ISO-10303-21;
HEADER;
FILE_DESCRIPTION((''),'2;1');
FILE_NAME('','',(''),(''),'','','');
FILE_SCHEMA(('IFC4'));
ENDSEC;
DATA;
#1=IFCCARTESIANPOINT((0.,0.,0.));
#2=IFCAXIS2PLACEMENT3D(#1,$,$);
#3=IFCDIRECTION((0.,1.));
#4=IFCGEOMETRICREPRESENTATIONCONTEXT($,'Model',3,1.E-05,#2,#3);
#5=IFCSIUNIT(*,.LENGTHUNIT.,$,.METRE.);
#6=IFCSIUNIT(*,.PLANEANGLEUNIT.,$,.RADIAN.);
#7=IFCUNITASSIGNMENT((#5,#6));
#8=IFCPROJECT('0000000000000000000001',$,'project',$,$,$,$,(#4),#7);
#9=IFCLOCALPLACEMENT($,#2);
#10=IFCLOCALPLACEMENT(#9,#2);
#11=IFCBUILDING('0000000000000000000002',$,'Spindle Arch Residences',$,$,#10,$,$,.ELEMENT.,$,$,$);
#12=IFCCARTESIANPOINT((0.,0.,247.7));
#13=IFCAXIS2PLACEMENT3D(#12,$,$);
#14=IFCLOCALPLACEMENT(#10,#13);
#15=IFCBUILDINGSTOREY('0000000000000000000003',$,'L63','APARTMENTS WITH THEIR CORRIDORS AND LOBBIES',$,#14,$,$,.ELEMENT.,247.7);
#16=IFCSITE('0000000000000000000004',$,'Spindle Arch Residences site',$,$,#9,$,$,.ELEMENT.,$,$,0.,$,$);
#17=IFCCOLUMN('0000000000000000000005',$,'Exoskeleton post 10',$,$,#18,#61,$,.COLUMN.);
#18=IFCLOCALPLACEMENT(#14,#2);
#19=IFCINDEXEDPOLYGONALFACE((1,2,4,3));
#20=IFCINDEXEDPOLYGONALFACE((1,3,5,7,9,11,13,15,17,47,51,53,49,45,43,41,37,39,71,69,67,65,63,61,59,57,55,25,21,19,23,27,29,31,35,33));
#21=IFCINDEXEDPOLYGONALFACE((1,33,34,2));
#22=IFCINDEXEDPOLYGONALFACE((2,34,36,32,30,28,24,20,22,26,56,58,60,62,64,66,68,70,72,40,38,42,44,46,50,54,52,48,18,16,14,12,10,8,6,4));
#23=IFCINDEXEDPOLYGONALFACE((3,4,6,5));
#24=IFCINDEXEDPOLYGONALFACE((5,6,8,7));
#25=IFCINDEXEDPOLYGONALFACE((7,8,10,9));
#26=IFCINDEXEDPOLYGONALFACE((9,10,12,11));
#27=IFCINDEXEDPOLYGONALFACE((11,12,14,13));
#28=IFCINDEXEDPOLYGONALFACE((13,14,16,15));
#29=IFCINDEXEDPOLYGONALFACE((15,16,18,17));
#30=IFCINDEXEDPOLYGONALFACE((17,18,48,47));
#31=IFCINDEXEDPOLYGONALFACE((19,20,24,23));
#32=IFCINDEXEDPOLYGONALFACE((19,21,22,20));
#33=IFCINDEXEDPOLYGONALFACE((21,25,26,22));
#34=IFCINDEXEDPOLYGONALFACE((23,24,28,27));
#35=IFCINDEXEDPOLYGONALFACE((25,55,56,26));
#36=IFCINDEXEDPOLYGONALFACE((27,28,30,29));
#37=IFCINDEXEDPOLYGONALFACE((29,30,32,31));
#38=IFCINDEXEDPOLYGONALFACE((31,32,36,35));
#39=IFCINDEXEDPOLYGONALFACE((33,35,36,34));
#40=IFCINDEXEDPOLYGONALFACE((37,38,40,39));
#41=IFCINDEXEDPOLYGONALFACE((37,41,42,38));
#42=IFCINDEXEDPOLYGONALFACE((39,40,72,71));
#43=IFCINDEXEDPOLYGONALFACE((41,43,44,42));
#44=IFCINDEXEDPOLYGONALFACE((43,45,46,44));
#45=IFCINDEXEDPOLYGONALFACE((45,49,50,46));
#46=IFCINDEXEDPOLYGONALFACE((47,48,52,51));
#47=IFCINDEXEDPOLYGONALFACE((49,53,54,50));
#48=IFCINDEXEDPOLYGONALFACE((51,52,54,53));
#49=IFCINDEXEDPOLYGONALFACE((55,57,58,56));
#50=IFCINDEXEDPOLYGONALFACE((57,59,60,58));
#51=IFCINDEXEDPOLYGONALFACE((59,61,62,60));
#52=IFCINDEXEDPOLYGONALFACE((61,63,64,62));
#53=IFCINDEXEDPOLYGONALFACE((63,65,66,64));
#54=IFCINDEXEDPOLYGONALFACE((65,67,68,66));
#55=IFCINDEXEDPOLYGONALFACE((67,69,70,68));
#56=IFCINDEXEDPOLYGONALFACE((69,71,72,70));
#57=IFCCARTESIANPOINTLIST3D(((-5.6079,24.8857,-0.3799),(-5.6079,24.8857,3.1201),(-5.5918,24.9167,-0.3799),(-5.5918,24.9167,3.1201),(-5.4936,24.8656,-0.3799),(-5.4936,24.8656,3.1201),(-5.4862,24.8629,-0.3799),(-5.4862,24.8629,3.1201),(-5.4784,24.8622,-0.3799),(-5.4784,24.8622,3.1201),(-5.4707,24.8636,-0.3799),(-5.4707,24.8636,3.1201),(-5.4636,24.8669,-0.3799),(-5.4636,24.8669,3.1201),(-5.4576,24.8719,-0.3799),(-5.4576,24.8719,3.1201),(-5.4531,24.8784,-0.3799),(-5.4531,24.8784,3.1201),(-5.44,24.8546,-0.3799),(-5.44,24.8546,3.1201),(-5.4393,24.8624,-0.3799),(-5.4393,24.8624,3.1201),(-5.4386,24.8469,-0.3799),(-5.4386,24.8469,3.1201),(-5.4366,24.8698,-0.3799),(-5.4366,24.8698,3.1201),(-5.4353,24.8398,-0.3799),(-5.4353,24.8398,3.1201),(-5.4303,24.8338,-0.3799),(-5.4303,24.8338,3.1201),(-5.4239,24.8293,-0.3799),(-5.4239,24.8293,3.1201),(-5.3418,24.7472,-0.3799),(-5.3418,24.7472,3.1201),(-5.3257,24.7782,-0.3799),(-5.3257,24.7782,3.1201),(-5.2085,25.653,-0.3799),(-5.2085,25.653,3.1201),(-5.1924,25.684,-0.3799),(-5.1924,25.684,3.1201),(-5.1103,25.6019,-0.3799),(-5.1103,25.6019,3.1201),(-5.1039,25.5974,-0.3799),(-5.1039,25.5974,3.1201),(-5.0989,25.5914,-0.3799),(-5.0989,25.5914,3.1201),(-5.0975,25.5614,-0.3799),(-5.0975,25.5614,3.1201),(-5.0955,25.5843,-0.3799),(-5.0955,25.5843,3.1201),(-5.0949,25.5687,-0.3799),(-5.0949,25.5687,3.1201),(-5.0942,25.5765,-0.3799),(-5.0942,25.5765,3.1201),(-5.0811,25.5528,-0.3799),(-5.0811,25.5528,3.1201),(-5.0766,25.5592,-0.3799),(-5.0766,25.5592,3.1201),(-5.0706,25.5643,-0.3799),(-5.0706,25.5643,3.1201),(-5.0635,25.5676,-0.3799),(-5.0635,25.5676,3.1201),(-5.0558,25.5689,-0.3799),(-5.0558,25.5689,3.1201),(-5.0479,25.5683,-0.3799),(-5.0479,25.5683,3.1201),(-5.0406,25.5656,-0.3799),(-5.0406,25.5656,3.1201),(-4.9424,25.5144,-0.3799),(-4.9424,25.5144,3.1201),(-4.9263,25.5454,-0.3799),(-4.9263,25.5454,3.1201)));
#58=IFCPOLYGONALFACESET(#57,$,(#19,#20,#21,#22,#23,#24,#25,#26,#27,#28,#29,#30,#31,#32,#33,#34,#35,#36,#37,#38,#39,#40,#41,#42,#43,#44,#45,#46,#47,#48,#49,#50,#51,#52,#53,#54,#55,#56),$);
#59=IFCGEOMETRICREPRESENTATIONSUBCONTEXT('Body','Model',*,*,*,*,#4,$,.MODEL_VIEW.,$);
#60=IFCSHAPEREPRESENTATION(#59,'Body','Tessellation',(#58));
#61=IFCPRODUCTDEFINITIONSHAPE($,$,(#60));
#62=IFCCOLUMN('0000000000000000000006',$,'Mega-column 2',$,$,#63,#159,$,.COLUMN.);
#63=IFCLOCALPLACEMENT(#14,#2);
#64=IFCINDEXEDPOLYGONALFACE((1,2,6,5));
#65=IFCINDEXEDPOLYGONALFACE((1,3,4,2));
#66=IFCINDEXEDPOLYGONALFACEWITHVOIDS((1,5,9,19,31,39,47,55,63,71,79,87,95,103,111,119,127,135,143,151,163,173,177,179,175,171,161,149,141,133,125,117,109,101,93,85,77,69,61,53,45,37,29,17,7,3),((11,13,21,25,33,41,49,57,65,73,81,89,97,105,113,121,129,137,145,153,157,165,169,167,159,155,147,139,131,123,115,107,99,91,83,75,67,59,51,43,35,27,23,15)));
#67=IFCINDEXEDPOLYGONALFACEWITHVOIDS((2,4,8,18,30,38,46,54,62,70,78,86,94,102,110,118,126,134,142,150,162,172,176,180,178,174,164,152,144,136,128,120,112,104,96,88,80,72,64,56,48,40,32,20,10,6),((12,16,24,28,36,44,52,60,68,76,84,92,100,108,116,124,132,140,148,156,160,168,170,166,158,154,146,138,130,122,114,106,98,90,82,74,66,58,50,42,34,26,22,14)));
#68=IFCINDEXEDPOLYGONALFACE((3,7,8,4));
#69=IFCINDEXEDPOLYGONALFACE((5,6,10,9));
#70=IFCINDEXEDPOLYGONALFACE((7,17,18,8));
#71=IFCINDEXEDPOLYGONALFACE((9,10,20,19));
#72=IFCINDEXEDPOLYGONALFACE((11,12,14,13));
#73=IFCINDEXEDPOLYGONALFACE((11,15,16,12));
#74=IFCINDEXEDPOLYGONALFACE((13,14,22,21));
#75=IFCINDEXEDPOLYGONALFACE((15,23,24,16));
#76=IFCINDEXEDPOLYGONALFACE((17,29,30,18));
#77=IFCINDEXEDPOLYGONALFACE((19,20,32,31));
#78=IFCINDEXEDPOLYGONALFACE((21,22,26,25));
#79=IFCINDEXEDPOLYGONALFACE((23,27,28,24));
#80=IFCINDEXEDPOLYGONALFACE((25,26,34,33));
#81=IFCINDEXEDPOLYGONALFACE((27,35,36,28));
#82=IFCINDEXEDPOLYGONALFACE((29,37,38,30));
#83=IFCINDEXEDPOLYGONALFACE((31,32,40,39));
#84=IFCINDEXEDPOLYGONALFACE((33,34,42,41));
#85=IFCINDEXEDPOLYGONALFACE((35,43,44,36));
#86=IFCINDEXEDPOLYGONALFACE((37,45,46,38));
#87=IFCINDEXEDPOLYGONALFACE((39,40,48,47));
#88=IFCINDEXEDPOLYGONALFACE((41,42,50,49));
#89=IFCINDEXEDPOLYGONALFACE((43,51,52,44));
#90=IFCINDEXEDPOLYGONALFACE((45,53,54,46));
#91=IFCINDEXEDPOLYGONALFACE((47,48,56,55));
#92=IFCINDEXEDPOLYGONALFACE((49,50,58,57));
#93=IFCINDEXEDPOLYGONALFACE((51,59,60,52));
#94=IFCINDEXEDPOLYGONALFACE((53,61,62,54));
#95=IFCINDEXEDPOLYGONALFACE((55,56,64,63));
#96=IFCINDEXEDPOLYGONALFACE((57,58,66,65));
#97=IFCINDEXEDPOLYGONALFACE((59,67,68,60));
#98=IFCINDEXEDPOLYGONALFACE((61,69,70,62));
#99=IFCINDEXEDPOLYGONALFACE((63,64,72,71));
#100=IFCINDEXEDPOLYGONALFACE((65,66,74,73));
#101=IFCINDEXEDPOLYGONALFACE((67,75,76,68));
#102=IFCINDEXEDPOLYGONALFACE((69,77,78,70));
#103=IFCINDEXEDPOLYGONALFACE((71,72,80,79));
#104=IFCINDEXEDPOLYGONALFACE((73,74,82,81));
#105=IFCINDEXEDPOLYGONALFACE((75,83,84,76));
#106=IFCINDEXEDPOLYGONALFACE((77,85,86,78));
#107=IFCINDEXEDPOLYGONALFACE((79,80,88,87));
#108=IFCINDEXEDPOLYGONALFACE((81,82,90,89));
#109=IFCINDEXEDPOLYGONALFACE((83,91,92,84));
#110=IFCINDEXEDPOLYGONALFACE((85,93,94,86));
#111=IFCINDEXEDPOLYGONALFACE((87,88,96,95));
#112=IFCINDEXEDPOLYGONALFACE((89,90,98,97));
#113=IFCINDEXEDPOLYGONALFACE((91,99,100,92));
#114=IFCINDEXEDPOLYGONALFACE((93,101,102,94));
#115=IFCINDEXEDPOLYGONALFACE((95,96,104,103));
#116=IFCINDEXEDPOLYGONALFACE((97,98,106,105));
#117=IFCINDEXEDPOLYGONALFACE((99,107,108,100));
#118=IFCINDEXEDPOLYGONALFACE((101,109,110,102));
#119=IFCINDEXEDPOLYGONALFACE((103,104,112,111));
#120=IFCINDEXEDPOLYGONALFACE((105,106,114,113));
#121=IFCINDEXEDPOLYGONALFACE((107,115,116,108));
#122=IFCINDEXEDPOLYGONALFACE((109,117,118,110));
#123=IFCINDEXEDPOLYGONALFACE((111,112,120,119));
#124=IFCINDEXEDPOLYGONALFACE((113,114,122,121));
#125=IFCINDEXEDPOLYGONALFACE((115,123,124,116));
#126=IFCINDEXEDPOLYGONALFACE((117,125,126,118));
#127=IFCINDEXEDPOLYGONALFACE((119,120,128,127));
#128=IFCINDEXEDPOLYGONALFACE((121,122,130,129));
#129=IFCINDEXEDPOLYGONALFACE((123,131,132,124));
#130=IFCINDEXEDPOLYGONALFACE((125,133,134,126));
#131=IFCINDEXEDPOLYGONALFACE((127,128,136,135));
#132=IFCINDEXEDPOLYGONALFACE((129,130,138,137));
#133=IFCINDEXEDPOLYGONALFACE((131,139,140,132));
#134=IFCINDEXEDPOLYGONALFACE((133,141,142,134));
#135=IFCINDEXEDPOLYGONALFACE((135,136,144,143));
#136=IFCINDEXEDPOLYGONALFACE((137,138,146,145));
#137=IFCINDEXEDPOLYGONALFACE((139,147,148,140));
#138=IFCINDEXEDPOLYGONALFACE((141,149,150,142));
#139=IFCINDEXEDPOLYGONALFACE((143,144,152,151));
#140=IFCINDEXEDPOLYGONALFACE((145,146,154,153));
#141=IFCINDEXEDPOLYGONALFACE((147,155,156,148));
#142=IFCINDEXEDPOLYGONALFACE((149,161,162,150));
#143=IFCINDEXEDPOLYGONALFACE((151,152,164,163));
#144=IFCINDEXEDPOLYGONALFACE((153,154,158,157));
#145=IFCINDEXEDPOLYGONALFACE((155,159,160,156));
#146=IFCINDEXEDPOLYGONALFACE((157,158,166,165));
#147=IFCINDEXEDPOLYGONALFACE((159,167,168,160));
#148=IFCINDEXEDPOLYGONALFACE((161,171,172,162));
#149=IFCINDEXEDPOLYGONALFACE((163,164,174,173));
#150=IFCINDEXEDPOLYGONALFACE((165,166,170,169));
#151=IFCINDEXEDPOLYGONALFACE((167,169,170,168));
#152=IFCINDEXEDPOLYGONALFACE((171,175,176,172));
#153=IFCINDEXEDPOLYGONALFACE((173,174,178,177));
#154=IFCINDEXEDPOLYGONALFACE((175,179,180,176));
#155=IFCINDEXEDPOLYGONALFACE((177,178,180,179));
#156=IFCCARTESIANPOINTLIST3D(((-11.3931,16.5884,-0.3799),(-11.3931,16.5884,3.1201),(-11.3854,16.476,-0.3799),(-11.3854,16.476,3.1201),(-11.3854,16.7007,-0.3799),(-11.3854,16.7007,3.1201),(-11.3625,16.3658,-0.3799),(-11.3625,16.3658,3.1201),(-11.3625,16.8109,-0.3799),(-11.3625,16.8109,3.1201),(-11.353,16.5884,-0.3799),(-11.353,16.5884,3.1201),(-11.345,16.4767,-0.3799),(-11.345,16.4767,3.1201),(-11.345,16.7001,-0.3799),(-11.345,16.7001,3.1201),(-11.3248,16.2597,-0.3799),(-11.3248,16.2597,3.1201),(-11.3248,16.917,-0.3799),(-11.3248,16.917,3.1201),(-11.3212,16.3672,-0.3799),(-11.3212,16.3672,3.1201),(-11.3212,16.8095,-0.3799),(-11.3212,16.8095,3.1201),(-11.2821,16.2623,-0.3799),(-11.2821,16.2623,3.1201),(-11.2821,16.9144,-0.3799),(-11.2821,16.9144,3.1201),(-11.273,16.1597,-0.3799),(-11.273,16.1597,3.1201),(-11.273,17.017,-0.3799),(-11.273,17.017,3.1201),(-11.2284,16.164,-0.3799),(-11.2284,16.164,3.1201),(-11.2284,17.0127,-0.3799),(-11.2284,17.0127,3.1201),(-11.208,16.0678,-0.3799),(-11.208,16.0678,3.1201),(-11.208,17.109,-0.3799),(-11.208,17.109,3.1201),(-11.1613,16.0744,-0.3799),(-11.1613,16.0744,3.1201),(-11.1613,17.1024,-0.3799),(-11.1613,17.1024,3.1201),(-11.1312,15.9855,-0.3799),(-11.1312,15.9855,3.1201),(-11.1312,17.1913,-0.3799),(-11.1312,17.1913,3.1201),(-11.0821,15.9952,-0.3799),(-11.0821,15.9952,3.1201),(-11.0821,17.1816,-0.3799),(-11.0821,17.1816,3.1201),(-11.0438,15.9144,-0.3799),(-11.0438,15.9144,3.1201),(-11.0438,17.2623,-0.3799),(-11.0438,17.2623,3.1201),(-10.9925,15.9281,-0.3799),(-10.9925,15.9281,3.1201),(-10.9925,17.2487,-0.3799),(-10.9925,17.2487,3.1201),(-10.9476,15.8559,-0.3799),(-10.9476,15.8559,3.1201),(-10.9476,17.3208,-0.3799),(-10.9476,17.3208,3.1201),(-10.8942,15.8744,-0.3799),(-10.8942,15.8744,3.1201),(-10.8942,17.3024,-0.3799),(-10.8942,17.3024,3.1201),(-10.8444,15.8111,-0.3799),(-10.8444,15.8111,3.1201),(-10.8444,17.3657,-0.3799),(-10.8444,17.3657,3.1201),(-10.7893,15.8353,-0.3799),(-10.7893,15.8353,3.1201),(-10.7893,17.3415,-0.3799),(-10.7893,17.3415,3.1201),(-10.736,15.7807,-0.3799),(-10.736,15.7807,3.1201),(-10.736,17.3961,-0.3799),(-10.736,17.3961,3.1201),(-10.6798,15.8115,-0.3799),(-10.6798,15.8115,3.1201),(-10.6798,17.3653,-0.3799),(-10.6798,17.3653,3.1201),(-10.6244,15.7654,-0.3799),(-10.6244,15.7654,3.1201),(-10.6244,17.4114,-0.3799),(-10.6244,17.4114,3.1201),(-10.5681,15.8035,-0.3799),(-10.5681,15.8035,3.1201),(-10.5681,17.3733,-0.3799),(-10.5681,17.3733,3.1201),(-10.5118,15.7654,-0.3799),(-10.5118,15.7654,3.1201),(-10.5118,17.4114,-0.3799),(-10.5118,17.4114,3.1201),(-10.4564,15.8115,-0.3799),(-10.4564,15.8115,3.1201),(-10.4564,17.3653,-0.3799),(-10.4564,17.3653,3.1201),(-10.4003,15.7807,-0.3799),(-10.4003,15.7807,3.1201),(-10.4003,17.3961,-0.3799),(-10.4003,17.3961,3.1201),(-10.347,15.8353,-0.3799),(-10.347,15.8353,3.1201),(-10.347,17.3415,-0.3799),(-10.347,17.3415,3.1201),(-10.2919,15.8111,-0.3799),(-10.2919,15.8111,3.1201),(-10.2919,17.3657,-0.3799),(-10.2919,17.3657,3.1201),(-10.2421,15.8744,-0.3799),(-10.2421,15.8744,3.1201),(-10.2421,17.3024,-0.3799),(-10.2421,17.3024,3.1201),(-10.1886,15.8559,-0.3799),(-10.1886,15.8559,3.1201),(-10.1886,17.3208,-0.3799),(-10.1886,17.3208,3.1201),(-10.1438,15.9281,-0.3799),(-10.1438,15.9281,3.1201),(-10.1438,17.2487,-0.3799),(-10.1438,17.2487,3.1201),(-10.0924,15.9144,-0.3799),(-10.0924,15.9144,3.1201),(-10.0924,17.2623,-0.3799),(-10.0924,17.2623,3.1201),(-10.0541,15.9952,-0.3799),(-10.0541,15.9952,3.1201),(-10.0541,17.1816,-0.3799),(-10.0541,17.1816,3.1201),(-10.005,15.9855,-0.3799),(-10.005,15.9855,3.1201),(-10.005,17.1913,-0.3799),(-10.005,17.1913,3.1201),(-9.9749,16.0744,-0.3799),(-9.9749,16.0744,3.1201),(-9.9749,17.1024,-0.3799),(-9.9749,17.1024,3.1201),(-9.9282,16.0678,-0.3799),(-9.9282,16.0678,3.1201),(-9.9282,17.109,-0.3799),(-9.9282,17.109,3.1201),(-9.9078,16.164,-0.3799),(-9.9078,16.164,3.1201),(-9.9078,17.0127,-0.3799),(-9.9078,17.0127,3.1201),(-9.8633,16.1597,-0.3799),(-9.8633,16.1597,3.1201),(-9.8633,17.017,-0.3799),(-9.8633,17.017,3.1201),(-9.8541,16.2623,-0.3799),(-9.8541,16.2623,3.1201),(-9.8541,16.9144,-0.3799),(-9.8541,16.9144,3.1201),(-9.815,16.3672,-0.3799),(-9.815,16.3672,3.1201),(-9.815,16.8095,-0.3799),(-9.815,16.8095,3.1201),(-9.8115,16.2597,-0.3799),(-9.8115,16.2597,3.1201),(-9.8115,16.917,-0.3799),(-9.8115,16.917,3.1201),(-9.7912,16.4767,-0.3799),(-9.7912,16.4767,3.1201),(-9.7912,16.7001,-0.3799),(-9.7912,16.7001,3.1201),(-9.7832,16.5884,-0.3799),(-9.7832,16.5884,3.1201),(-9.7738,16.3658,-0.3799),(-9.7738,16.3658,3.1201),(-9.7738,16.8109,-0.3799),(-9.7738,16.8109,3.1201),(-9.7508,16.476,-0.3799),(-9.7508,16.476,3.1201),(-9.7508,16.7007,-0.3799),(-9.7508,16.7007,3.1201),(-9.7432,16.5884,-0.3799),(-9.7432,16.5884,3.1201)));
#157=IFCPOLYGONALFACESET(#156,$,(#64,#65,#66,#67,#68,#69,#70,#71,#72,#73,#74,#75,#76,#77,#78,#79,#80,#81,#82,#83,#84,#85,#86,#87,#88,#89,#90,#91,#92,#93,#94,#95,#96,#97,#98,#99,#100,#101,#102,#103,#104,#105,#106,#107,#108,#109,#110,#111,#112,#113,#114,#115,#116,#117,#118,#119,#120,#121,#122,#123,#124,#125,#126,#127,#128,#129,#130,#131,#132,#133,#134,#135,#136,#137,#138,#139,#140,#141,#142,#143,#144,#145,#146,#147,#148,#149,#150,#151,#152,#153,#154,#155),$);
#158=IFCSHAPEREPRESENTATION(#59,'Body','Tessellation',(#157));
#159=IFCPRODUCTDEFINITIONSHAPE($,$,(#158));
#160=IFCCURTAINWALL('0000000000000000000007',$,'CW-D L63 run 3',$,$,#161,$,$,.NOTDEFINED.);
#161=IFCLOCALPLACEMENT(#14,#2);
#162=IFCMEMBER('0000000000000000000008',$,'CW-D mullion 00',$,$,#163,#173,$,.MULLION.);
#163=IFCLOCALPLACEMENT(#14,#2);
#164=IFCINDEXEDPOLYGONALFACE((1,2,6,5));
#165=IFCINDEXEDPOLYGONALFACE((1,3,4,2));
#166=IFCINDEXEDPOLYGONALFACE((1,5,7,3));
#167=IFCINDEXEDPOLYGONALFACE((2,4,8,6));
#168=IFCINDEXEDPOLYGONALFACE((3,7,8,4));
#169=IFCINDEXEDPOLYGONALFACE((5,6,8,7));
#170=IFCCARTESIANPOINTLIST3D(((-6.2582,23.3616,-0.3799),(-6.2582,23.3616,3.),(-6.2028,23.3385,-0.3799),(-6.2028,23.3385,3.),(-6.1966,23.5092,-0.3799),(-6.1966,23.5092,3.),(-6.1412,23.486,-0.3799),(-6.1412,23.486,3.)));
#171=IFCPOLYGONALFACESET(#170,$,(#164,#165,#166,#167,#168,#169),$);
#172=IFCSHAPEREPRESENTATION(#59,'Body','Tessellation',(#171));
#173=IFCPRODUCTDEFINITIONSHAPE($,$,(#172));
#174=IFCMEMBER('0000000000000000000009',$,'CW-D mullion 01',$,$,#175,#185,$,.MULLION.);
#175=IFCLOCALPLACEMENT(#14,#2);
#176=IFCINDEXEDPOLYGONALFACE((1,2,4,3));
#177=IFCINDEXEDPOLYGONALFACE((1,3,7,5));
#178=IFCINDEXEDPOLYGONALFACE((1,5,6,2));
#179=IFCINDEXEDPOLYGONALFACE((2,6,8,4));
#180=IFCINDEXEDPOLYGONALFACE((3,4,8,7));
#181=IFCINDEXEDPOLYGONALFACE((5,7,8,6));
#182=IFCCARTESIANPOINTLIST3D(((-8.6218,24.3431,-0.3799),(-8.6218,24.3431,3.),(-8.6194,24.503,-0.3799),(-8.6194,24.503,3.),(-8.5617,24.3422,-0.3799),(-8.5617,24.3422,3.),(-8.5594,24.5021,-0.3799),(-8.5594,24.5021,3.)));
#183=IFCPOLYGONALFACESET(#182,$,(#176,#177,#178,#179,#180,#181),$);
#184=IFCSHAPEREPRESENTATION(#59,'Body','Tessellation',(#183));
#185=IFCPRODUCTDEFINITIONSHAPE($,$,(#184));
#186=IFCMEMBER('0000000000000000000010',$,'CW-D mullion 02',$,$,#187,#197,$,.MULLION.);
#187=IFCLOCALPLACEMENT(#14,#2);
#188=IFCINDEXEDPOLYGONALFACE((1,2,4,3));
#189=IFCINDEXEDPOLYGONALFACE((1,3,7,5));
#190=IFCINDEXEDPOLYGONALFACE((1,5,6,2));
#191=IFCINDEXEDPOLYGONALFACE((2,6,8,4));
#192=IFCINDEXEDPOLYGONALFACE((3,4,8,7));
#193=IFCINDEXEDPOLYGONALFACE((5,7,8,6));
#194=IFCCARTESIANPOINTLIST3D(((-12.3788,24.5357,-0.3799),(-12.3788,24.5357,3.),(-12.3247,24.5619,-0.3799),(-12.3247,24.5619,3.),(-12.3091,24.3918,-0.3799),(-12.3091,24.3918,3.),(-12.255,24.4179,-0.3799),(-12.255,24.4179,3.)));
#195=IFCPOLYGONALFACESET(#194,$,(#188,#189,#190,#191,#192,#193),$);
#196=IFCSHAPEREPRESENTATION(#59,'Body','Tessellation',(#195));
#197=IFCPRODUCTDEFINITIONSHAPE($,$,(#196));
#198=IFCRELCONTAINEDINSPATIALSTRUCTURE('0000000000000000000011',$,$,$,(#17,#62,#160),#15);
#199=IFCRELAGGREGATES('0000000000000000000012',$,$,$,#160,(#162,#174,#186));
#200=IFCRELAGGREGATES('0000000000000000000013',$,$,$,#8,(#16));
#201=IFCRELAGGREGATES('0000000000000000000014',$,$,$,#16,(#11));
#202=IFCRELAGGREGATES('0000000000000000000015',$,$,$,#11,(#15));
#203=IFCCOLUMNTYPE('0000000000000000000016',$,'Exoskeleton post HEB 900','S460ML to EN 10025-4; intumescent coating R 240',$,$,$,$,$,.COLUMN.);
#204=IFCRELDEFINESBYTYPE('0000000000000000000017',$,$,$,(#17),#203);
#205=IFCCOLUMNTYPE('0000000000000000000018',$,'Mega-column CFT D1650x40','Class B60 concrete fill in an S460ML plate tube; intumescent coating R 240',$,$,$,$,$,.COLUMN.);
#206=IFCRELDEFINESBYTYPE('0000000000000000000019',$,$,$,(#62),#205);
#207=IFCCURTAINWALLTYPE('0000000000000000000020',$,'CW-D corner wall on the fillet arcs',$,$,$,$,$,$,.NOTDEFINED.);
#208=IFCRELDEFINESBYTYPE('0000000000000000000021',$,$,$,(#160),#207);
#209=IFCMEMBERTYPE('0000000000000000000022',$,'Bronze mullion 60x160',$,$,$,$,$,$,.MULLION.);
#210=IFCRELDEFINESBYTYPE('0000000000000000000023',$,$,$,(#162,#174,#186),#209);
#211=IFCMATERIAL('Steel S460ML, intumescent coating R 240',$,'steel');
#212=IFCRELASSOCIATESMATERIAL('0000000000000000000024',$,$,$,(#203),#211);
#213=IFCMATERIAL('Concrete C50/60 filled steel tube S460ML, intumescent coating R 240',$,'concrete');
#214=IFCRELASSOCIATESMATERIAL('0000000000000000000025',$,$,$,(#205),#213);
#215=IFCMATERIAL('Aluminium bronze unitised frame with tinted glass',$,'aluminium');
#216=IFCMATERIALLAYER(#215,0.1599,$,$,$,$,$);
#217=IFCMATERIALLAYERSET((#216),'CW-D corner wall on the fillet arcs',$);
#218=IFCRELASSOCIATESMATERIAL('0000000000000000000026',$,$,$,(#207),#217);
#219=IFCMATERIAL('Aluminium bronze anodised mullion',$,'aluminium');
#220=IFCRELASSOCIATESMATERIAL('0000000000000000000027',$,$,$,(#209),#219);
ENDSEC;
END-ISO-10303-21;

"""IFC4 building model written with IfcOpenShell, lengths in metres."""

from ifc_helpers import new_model, si_unit, direction, frame, origin, origin_2d, place, context, subcontext, project, spatial, rectangle, hollow_circle, i_section, extrude, material, layer, layer_set, material_profile, profile_set, type_object, element, aggregate, save


model = new_model("IFC4")

# Units and contexts
model_context = context("Model", 3, precision=1e-05, world=origin(), true_north=direction((0.0, 1.0)))
body_context = subcontext(model_context, "Body", "Model", "MODEL_VIEW")
ifc_project = project(units=[si_unit("LENGTHUNIT", "METRE"), si_unit("PLANEANGLEUNIT", "RADIAN")], contexts=[model_context])

# Site, building, storey
site_placement = place(None, origin())
site = spatial("IfcSite", under=ifc_project, at=site_placement, Name="Spindle Arch Residences site", CompositionType="ELEMENT", RefElevation=0.0)
building_placement = place(site_placement, origin())
building = spatial("IfcBuilding", under=site, at=building_placement, Name="Spindle Arch Residences", CompositionType="ELEMENT")
storey_placement = place(building_placement, frame((0.0, 0.0, 247.7)))
storey = spatial("IfcBuildingStorey", under=building, at=storey_placement, Name="L63", Description="APARTMENTS WITH THEIR CORRIDORS AND LOBBIES", CompositionType="ELEMENT", Elevation=247.7)

# Columns
ifc_material_1 = material(Name="Steel S460ML, intumescent coating R 240", Category="steel")
ifc_material_profile_1 = material_profile(ifc_material_1, i_section(OverallWidth=0.3, OverallDepth=0.8999, WebThickness=0.0186, FlangeThickness=0.0349, FilletRadius=0.03, at=origin_2d()), Name="HEB 900")
ifc_profile_set_1 = profile_set([ifc_material_profile_1], Name="Steel S460ML, intumescent coating R 240")
column_type_1 = type_object("IfcColumnType", Name="Exoskeleton post HEB 900", Description="S460ML to EN 10025-4; intumescent coating R 240", PredefinedType="COLUMN", material=ifc_profile_set_1)
column_1_placement = place(storey_placement, frame((-5.2671, 25.2156, -0.3799), z_axis=(0.0, 0.0, 1.0), x_axis=(0.887011, -0.461749, 0.0)))
element("IfcColumn", 1, at=column_1_placement, inside=storey, type_object=column_type_1, Name="Exoskeleton post 10", PredefinedType="COLUMN", context=body_context, shape_type="SweptSolid", body=[
    extrude(i_section(OverallWidth=0.3, OverallDepth=0.8999, WebThickness=0.0186, FlangeThickness=0.0349, FilletRadius=0.03, at=origin_2d()), origin(), (0.0, 0.0, 1.0), 3.5),
])
ifc_material_2 = material(Name="Concrete C50/60 filled steel tube S460ML, intumescent coating R 240", Category="concrete")
ifc_material_profile_2 = material_profile(ifc_material_2, hollow_circle(Radius=0.825, WallThickness=0.04, at=origin_2d()), Name="CFT D1650x40")
ifc_profile_set_2 = profile_set([ifc_material_profile_2], Name="Concrete C50/60 filled steel tube S460ML, intumescent coating R 240")
column_type_2 = type_object("IfcColumnType", Name="Mega-column CFT D1650x40", Description="Class B60 concrete fill in an S460ML plate tube; intumescent coating R 240", PredefinedType="COLUMN", material=ifc_profile_set_2)
column_2_placement = place(storey_placement, frame((-10.5681, 16.5884, -0.3799), z_axis=(0.0, 0.0, 1.0), x_axis=(1.0, 0.0, 0.0)))
element("IfcColumn", 2, at=column_2_placement, inside=storey, type_object=column_type_2, Name="Mega-column 2", PredefinedType="COLUMN", context=body_context, shape_type="SweptSolid", body=[
    extrude(hollow_circle(Radius=0.825, WallThickness=0.04, at=origin_2d()), origin(), (0.0, 0.0, 1.0), 3.5),
])

# Curtain wall, members
ifc_material_3 = material(Name="Aluminium bronze unitised frame with tinted glass", Category="aluminium")
ifc_layer_1 = layer(ifc_material_3, 0.1599)
ifc_layer_set_1 = layer_set([ifc_layer_1], Name="CW-D corner wall on the fillet arcs")
curtain_wall_type_1 = type_object("IfcCurtainWallType", Name="CW-D corner wall on the fillet arcs", PredefinedType="NOTDEFINED", material=ifc_layer_set_1)
curtain_wall_1_placement = place(storey_placement, origin())
curtain_wall_1 = element("IfcCurtainWall", 3, at=curtain_wall_1_placement, inside=storey, type_object=curtain_wall_type_1, Name="CW-D L63 run 3", PredefinedType="NOTDEFINED")
ifc_material_4 = material(Name="Aluminium bronze anodised mullion", Category="aluminium")
ifc_material_profile_3 = material_profile(ifc_material_4, rectangle(XDim=0.1599, YDim=0.0601, at=origin_2d()), Name="MU 60x160")
ifc_profile_set_3 = profile_set([ifc_material_profile_3], Name="Aluminium bronze anodised mullion")
member_type_1 = type_object("IfcMemberType", Name="Bronze mullion 60x160", PredefinedType="MULLION", material=ifc_profile_set_3)
member_1_placement = place(storey_placement, frame((-6.1997, 23.4238, -0.3799), z_axis=(0.0, 0.0, 1.0), x_axis=(-0.385552, -0.922686, 0.0)))
member_1 = element("IfcMember", 4, at=member_1_placement, type_object=member_type_1, Name="CW-D mullion 00", PredefinedType="MULLION", context=body_context, shape_type="SweptSolid", body=[
    extrude(rectangle(XDim=0.1599, YDim=0.0601, at=origin_2d()), origin(), (0.0, 0.0, 1.0), 3.3799),
])
member_2_placement = place(storey_placement, frame((-8.5906, 24.4226, -0.3799), z_axis=(0.0, 0.0, 1.0), x_axis=(-0.014544, -0.999894, 0.0)))
member_2 = element("IfcMember", 5, at=member_2_placement, type_object=member_type_1, Name="CW-D mullion 01", PredefinedType="MULLION", context=body_context, shape_type="SweptSolid", body=[
    extrude(rectangle(XDim=0.1599, YDim=0.0601, at=origin_2d()), origin(), (0.0, 0.0, 1.0), 3.3799),
])
member_3_placement = place(storey_placement, frame((-12.3169, 24.4768, -0.3799), z_axis=(0.0, 0.0, 1.0), x_axis=(0.435755, -0.900065, 0.0)))
member_3 = element("IfcMember", 6, at=member_3_placement, type_object=member_type_1, Name="CW-D mullion 02", PredefinedType="MULLION", context=body_context, shape_type="SweptSolid", body=[
    extrude(rectangle(XDim=0.1599, YDim=0.0601, at=origin_2d()), origin(), (0.0, 0.0, 1.0), 3.3799),
])

aggregate(curtain_wall_1, [member_1, member_2, member_3])

save(model, "model.ifc")
